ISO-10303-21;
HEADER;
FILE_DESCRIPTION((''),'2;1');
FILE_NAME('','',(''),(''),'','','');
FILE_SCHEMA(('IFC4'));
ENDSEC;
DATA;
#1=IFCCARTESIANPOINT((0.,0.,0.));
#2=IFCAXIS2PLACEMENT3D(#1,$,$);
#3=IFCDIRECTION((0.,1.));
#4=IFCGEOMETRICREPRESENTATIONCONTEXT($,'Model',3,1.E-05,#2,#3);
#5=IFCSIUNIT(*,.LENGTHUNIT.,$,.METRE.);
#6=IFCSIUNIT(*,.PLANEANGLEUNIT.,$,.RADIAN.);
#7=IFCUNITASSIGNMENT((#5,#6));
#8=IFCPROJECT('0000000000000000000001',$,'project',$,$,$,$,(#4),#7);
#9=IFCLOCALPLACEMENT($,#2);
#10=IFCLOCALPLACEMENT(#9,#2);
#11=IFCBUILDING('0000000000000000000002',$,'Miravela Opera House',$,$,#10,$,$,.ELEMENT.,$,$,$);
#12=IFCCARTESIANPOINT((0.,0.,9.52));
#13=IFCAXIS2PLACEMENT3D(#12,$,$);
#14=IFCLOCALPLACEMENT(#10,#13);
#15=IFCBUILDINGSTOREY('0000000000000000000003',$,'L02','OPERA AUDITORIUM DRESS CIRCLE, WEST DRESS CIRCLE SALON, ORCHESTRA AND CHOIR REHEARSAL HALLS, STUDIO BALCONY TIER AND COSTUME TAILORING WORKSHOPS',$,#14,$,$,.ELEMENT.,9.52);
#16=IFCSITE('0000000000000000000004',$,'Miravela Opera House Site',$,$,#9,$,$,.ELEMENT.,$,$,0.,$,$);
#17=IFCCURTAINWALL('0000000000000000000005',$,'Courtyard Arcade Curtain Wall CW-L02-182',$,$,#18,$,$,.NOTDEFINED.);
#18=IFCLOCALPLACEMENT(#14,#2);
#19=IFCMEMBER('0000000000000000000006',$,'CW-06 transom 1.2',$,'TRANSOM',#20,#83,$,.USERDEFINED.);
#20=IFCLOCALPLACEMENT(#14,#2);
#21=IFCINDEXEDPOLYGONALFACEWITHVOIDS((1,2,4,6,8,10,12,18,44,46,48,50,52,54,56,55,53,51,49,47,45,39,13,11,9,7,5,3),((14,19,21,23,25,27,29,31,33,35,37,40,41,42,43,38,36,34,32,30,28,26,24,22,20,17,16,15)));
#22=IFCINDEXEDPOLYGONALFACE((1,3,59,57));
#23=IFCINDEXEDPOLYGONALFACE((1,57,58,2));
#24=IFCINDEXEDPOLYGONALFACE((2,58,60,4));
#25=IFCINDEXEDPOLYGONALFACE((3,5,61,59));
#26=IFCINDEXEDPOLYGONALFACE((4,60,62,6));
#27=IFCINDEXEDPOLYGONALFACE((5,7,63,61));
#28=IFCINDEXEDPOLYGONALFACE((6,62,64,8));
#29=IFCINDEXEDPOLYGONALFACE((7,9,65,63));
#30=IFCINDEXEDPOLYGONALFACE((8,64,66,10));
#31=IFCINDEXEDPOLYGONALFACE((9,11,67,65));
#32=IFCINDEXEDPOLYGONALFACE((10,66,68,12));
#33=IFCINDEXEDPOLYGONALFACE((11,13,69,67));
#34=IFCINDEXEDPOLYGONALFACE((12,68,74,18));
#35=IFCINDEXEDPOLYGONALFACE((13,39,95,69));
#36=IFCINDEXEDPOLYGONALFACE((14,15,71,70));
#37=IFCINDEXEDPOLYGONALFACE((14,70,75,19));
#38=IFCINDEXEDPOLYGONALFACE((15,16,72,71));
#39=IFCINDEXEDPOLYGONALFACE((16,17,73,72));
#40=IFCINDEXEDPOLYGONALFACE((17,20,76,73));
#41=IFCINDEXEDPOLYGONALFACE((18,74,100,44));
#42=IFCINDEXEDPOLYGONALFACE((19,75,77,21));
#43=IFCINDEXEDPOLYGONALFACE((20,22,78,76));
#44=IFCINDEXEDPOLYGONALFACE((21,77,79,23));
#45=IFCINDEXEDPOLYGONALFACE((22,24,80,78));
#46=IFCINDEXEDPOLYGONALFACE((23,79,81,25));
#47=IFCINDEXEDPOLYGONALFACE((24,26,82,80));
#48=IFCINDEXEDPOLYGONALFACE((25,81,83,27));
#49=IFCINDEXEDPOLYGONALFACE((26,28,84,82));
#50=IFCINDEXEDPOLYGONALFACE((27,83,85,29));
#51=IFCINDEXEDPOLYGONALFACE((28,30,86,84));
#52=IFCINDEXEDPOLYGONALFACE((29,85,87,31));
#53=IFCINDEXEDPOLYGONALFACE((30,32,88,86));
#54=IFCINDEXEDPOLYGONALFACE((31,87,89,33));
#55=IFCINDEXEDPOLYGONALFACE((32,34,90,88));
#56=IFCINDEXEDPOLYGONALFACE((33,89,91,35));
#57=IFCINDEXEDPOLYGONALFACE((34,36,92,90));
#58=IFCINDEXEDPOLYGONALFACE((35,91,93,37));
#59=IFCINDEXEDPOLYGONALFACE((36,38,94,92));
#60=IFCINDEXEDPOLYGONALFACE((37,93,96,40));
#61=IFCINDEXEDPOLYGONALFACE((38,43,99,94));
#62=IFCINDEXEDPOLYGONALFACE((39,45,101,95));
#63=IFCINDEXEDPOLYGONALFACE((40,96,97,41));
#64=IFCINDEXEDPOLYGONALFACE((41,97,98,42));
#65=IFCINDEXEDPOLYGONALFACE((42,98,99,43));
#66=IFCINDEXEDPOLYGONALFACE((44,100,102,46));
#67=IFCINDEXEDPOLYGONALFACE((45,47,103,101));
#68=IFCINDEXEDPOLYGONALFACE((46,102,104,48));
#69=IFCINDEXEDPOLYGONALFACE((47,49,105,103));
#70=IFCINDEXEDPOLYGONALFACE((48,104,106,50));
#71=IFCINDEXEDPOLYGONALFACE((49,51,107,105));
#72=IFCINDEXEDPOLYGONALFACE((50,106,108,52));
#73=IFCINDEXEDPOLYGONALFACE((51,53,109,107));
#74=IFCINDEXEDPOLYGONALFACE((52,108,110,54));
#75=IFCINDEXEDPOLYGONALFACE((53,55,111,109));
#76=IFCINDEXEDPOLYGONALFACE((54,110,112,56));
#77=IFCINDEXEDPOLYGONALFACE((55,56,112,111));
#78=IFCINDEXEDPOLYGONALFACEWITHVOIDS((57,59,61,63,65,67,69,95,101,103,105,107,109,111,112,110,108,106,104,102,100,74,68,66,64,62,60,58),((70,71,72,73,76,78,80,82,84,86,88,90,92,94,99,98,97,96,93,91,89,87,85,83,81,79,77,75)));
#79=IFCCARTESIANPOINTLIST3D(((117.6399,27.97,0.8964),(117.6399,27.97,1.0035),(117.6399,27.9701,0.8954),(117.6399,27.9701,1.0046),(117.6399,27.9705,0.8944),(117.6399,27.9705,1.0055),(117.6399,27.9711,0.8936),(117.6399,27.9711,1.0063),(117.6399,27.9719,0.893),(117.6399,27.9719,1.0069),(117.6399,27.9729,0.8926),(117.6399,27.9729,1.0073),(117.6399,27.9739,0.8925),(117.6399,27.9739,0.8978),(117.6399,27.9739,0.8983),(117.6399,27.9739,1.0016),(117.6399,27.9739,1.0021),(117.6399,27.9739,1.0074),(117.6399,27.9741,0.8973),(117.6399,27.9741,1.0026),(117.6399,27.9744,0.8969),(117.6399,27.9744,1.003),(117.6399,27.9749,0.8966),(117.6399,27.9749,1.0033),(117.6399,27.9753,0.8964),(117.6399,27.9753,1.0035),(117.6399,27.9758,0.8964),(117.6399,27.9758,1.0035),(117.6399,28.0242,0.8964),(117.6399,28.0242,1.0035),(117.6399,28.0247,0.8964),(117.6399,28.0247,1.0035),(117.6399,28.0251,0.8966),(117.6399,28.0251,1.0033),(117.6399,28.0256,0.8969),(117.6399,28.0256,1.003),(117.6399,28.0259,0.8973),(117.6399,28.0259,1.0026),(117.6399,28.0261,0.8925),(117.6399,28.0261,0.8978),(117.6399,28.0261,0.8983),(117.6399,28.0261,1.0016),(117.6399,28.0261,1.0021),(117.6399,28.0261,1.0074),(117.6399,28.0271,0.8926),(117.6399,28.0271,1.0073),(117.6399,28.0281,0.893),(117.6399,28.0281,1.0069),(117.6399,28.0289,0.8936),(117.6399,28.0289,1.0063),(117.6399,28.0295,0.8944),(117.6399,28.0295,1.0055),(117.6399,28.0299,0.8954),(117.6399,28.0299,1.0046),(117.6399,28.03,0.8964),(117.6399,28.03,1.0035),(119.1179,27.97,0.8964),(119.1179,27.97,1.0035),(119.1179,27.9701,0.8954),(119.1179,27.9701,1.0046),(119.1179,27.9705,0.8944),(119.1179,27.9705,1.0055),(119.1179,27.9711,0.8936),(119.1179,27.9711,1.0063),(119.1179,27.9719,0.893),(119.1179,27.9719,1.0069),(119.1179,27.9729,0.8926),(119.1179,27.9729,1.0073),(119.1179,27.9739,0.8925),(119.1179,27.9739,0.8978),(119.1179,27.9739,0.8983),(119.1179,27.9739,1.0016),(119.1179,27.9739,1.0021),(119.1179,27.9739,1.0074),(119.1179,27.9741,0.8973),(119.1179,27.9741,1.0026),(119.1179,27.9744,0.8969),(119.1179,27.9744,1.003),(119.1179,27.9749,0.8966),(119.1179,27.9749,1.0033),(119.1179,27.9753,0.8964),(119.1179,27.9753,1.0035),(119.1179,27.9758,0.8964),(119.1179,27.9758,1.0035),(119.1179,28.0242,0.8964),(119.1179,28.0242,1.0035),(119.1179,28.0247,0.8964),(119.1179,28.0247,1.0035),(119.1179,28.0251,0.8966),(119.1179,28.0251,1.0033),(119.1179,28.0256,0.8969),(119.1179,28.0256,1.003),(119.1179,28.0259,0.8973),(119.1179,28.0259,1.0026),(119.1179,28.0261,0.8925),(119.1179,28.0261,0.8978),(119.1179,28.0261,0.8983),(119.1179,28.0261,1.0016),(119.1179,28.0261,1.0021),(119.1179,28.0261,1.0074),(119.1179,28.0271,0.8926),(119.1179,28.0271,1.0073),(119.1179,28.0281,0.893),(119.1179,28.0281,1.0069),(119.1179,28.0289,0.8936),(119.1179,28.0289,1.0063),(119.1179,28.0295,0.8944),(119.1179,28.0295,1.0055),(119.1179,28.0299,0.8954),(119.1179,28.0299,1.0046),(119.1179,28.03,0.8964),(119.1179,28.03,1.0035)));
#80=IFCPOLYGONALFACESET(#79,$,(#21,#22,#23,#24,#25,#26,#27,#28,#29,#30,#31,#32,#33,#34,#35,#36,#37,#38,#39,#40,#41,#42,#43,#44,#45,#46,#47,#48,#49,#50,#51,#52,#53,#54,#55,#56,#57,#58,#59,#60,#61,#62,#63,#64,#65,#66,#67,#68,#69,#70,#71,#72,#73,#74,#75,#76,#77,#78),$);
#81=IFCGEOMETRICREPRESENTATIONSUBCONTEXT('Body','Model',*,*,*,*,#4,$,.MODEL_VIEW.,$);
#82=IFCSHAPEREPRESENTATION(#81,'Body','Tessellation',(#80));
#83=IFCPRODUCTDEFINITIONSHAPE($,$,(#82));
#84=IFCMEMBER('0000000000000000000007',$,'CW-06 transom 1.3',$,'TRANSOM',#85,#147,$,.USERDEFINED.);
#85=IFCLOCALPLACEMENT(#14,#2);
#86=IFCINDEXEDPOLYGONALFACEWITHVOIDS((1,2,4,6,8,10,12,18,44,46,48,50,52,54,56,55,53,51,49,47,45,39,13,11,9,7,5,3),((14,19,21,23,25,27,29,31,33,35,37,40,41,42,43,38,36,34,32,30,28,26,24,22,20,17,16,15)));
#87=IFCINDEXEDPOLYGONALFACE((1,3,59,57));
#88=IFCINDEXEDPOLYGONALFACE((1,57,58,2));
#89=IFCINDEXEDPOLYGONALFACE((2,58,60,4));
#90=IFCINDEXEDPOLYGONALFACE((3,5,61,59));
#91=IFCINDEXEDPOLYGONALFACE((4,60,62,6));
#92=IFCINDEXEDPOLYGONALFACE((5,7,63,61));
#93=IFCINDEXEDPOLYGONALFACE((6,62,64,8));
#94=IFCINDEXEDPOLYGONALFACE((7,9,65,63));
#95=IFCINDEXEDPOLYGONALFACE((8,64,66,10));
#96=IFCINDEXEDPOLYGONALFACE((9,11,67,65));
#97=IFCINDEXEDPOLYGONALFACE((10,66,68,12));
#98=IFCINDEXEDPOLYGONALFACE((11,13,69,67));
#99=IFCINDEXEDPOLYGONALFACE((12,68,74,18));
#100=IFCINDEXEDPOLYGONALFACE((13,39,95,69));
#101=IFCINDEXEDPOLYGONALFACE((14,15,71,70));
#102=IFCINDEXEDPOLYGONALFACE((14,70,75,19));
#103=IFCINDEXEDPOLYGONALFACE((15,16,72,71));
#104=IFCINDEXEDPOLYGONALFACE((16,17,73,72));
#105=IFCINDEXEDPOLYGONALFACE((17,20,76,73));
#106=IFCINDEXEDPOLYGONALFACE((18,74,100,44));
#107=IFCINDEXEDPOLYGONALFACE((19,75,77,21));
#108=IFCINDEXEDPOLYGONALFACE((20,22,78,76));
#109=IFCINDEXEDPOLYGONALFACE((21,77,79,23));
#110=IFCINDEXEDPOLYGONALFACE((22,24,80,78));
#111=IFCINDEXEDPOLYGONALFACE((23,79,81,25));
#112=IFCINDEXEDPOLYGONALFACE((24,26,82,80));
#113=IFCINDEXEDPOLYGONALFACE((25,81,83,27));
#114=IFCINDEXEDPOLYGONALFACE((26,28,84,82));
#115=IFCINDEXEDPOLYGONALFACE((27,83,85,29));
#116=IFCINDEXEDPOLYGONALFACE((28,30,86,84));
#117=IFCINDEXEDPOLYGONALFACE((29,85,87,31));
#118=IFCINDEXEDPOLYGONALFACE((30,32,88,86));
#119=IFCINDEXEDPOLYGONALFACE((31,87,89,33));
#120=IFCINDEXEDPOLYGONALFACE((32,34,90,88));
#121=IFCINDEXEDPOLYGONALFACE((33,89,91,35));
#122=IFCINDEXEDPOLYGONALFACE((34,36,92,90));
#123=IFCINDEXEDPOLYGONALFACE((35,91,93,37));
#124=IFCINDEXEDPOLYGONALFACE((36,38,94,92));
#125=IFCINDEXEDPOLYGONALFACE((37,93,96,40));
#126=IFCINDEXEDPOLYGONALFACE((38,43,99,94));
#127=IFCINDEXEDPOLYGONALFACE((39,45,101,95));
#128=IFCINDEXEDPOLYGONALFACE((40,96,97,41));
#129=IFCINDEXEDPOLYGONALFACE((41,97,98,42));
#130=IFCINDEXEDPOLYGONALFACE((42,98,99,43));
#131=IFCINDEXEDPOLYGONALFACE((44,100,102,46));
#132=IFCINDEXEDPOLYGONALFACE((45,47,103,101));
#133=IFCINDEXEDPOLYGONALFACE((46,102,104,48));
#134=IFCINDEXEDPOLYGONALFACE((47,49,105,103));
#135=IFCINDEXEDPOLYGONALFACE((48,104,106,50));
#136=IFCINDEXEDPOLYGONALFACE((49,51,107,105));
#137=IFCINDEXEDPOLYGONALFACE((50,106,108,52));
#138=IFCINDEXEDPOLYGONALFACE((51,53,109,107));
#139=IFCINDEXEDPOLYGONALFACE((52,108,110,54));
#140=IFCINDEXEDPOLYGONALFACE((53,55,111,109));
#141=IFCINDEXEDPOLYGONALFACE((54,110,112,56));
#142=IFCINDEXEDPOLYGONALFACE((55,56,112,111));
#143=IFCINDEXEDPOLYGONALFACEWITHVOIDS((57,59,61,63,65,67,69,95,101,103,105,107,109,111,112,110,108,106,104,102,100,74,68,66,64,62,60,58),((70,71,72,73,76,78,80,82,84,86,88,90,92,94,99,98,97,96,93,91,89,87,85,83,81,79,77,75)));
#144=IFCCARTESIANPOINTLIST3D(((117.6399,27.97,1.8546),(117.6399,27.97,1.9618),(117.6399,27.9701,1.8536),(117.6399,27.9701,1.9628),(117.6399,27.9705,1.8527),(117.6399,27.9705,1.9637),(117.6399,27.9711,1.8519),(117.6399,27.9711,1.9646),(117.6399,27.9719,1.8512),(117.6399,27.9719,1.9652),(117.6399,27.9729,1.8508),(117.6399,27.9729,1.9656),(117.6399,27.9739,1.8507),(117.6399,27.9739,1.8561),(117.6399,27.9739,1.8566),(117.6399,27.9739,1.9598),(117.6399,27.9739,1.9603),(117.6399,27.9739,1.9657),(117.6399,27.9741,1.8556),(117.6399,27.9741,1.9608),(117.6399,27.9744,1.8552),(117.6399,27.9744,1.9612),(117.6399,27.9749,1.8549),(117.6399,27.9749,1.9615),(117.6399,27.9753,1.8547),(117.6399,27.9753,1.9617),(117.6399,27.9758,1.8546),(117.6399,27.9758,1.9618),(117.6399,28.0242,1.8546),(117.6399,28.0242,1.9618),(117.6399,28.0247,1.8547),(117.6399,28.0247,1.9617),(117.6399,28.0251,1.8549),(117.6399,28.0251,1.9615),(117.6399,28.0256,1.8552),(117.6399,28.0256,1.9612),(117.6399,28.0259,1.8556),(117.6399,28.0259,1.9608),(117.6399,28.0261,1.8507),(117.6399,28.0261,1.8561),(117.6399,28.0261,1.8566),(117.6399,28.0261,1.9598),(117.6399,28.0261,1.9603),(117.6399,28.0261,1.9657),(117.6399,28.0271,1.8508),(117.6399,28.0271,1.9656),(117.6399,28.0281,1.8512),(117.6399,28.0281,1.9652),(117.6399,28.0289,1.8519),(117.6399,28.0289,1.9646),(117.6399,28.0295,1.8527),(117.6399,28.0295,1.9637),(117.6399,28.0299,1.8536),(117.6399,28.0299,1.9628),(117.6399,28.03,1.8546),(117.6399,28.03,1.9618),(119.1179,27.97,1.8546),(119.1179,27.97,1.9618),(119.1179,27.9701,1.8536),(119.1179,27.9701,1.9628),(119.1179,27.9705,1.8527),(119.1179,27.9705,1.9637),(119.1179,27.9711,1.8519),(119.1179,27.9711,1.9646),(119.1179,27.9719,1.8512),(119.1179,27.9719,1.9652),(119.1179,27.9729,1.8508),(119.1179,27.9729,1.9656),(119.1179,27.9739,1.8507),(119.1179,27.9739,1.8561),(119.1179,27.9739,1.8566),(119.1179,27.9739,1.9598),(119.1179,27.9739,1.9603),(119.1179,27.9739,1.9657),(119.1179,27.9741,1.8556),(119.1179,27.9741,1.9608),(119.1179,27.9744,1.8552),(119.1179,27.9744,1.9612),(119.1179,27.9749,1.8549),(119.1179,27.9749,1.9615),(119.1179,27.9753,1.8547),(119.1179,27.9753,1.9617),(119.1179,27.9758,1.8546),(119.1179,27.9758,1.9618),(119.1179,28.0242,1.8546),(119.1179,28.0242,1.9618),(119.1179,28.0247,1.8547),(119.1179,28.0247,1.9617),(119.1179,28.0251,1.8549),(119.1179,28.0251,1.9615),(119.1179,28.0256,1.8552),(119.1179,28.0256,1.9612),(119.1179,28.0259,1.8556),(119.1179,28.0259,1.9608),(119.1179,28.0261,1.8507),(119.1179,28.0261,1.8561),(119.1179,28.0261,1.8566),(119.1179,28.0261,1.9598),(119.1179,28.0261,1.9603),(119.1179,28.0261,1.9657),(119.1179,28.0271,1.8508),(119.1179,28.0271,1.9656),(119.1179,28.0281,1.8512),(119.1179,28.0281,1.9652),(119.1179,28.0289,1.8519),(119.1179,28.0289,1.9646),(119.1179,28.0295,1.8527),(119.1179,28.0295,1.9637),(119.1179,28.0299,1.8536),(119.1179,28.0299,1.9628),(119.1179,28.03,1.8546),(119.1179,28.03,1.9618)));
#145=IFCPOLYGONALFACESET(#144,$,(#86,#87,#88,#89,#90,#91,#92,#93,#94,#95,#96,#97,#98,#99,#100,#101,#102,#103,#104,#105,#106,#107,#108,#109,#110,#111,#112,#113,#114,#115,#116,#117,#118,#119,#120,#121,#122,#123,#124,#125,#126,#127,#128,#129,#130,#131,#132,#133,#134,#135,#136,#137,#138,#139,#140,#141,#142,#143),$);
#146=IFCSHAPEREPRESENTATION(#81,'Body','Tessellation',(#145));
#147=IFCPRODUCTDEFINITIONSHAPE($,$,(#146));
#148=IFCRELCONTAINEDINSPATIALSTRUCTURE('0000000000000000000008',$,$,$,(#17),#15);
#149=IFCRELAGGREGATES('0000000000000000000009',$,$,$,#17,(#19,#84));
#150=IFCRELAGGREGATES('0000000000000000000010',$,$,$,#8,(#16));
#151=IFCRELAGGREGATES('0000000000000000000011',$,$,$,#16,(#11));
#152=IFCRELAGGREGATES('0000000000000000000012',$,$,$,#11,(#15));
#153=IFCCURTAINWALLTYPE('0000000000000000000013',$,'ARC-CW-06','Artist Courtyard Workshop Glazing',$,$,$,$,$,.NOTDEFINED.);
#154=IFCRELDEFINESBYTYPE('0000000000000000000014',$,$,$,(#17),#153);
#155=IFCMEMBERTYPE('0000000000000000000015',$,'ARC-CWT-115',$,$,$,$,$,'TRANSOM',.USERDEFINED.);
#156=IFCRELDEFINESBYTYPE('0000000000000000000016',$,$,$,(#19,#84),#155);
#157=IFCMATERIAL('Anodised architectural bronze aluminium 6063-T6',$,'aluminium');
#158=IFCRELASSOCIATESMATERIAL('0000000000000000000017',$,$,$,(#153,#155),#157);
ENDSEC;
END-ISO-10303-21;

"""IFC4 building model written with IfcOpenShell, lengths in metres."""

from ifc_helpers import new_model, si_unit, direction, frame, origin, origin_2d, place, context, subcontext, project, spatial, hollow_rectangle, extrude, material, material_profile, profile_set, type_object, element, aggregate, save


model = new_model("IFC4")

# Units and contexts
model_context = context("Model", 3, precision=1e-05, world=origin(), true_north=direction((0.0, 1.0)))
body_context = subcontext(model_context, "Body", "Model", "MODEL_VIEW")
ifc_project = project(units=[si_unit("LENGTHUNIT", "METRE"), si_unit("PLANEANGLEUNIT", "RADIAN")], contexts=[model_context])

# Site, building, storey
site_placement = place(None, origin())
site = spatial("IfcSite", under=ifc_project, at=site_placement, Name="Miravela Opera House Site", CompositionType="ELEMENT", RefElevation=0.0)
building_placement = place(site_placement, origin())
building = spatial("IfcBuilding", under=site, at=building_placement, Name="Miravela Opera House", CompositionType="ELEMENT")
storey_placement = place(building_placement, frame((0.0, 0.0, 9.52)))
storey = spatial("IfcBuildingStorey", under=building, at=storey_placement, Name="L02", Description="OPERA AUDITORIUM DRESS CIRCLE, WEST DRESS CIRCLE SALON, ORCHESTRA AND CHOIR REHEARSAL HALLS, STUDIO BALCONY TIER AND COSTUME TAILORING WORKSHOPS", CompositionType="ELEMENT", Elevation=9.52)

# Curtain wall
ifc_material_1 = material(Name="Anodised architectural bronze aluminium 6063-T6", Category="aluminium")
curtain_wall_type = type_object("IfcCurtainWallType", Name="ARC-CW-06", Description="Artist Courtyard Workshop Glazing", PredefinedType="NOTDEFINED", material=ifc_material_1)
curtain_wall_1_placement = place(storey_placement, origin())
curtain_wall_1 = element("IfcCurtainWall", 1, at=curtain_wall_1_placement, inside=storey, type_object=curtain_wall_type, Name="Courtyard Arcade Curtain Wall CW-L02-182", PredefinedType="NOTDEFINED")

# Members
ifc_material_profile_1 = material_profile(ifc_material_1, hollow_rectangle(XDim=0.0601, YDim=0.115, WallThickness=0.0039, InnerFilletRadius=0.002, OuterFilletRadius=0.0039, at=origin_2d()), Name="CWT-60X115")
ifc_profile_set_1 = profile_set([ifc_material_profile_1])
member_type_1 = type_object("IfcMemberType", Name="ARC-CWT-115", ElementType="TRANSOM", PredefinedType="USERDEFINED", material=ifc_profile_set_1)
member_1_placement = place(storey_placement, frame((117.6399, 28.0, 0.95), z_axis=(1.0, 0.0, 0.0), x_axis=(0.0, 1.0, 0.0)))
member_1 = element("IfcMember", 2, at=member_1_placement, type_object=member_type_1, Name="CW-06 transom 1.2", ObjectType="TRANSOM", PredefinedType="USERDEFINED", context=body_context, shape_type="SweptSolid", body=[
    extrude(hollow_rectangle(XDim=0.0601, YDim=0.115, WallThickness=0.0039, InnerFilletRadius=0.002, OuterFilletRadius=0.0039, at=origin_2d()), origin(), (0.0, 0.0, 1.0), 1.478),
])
member_2_placement = place(storey_placement, frame((117.6399, 28.0, 1.9082), z_axis=(1.0, 0.0, 0.0), x_axis=(0.0, 1.0, 0.0)))
member_2 = element("IfcMember", 3, at=member_2_placement, type_object=member_type_1, Name="CW-06 transom 1.3", ObjectType="TRANSOM", PredefinedType="USERDEFINED", context=body_context, shape_type="SweptSolid", body=[
    extrude(hollow_rectangle(XDim=0.0601, YDim=0.115, WallThickness=0.0039, InnerFilletRadius=0.002, OuterFilletRadius=0.0039, at=origin_2d()), origin(), (0.0, 0.0, 1.0), 1.478),
])

aggregate(curtain_wall_1, [member_1, member_2])

save(model, "model.ifc")
